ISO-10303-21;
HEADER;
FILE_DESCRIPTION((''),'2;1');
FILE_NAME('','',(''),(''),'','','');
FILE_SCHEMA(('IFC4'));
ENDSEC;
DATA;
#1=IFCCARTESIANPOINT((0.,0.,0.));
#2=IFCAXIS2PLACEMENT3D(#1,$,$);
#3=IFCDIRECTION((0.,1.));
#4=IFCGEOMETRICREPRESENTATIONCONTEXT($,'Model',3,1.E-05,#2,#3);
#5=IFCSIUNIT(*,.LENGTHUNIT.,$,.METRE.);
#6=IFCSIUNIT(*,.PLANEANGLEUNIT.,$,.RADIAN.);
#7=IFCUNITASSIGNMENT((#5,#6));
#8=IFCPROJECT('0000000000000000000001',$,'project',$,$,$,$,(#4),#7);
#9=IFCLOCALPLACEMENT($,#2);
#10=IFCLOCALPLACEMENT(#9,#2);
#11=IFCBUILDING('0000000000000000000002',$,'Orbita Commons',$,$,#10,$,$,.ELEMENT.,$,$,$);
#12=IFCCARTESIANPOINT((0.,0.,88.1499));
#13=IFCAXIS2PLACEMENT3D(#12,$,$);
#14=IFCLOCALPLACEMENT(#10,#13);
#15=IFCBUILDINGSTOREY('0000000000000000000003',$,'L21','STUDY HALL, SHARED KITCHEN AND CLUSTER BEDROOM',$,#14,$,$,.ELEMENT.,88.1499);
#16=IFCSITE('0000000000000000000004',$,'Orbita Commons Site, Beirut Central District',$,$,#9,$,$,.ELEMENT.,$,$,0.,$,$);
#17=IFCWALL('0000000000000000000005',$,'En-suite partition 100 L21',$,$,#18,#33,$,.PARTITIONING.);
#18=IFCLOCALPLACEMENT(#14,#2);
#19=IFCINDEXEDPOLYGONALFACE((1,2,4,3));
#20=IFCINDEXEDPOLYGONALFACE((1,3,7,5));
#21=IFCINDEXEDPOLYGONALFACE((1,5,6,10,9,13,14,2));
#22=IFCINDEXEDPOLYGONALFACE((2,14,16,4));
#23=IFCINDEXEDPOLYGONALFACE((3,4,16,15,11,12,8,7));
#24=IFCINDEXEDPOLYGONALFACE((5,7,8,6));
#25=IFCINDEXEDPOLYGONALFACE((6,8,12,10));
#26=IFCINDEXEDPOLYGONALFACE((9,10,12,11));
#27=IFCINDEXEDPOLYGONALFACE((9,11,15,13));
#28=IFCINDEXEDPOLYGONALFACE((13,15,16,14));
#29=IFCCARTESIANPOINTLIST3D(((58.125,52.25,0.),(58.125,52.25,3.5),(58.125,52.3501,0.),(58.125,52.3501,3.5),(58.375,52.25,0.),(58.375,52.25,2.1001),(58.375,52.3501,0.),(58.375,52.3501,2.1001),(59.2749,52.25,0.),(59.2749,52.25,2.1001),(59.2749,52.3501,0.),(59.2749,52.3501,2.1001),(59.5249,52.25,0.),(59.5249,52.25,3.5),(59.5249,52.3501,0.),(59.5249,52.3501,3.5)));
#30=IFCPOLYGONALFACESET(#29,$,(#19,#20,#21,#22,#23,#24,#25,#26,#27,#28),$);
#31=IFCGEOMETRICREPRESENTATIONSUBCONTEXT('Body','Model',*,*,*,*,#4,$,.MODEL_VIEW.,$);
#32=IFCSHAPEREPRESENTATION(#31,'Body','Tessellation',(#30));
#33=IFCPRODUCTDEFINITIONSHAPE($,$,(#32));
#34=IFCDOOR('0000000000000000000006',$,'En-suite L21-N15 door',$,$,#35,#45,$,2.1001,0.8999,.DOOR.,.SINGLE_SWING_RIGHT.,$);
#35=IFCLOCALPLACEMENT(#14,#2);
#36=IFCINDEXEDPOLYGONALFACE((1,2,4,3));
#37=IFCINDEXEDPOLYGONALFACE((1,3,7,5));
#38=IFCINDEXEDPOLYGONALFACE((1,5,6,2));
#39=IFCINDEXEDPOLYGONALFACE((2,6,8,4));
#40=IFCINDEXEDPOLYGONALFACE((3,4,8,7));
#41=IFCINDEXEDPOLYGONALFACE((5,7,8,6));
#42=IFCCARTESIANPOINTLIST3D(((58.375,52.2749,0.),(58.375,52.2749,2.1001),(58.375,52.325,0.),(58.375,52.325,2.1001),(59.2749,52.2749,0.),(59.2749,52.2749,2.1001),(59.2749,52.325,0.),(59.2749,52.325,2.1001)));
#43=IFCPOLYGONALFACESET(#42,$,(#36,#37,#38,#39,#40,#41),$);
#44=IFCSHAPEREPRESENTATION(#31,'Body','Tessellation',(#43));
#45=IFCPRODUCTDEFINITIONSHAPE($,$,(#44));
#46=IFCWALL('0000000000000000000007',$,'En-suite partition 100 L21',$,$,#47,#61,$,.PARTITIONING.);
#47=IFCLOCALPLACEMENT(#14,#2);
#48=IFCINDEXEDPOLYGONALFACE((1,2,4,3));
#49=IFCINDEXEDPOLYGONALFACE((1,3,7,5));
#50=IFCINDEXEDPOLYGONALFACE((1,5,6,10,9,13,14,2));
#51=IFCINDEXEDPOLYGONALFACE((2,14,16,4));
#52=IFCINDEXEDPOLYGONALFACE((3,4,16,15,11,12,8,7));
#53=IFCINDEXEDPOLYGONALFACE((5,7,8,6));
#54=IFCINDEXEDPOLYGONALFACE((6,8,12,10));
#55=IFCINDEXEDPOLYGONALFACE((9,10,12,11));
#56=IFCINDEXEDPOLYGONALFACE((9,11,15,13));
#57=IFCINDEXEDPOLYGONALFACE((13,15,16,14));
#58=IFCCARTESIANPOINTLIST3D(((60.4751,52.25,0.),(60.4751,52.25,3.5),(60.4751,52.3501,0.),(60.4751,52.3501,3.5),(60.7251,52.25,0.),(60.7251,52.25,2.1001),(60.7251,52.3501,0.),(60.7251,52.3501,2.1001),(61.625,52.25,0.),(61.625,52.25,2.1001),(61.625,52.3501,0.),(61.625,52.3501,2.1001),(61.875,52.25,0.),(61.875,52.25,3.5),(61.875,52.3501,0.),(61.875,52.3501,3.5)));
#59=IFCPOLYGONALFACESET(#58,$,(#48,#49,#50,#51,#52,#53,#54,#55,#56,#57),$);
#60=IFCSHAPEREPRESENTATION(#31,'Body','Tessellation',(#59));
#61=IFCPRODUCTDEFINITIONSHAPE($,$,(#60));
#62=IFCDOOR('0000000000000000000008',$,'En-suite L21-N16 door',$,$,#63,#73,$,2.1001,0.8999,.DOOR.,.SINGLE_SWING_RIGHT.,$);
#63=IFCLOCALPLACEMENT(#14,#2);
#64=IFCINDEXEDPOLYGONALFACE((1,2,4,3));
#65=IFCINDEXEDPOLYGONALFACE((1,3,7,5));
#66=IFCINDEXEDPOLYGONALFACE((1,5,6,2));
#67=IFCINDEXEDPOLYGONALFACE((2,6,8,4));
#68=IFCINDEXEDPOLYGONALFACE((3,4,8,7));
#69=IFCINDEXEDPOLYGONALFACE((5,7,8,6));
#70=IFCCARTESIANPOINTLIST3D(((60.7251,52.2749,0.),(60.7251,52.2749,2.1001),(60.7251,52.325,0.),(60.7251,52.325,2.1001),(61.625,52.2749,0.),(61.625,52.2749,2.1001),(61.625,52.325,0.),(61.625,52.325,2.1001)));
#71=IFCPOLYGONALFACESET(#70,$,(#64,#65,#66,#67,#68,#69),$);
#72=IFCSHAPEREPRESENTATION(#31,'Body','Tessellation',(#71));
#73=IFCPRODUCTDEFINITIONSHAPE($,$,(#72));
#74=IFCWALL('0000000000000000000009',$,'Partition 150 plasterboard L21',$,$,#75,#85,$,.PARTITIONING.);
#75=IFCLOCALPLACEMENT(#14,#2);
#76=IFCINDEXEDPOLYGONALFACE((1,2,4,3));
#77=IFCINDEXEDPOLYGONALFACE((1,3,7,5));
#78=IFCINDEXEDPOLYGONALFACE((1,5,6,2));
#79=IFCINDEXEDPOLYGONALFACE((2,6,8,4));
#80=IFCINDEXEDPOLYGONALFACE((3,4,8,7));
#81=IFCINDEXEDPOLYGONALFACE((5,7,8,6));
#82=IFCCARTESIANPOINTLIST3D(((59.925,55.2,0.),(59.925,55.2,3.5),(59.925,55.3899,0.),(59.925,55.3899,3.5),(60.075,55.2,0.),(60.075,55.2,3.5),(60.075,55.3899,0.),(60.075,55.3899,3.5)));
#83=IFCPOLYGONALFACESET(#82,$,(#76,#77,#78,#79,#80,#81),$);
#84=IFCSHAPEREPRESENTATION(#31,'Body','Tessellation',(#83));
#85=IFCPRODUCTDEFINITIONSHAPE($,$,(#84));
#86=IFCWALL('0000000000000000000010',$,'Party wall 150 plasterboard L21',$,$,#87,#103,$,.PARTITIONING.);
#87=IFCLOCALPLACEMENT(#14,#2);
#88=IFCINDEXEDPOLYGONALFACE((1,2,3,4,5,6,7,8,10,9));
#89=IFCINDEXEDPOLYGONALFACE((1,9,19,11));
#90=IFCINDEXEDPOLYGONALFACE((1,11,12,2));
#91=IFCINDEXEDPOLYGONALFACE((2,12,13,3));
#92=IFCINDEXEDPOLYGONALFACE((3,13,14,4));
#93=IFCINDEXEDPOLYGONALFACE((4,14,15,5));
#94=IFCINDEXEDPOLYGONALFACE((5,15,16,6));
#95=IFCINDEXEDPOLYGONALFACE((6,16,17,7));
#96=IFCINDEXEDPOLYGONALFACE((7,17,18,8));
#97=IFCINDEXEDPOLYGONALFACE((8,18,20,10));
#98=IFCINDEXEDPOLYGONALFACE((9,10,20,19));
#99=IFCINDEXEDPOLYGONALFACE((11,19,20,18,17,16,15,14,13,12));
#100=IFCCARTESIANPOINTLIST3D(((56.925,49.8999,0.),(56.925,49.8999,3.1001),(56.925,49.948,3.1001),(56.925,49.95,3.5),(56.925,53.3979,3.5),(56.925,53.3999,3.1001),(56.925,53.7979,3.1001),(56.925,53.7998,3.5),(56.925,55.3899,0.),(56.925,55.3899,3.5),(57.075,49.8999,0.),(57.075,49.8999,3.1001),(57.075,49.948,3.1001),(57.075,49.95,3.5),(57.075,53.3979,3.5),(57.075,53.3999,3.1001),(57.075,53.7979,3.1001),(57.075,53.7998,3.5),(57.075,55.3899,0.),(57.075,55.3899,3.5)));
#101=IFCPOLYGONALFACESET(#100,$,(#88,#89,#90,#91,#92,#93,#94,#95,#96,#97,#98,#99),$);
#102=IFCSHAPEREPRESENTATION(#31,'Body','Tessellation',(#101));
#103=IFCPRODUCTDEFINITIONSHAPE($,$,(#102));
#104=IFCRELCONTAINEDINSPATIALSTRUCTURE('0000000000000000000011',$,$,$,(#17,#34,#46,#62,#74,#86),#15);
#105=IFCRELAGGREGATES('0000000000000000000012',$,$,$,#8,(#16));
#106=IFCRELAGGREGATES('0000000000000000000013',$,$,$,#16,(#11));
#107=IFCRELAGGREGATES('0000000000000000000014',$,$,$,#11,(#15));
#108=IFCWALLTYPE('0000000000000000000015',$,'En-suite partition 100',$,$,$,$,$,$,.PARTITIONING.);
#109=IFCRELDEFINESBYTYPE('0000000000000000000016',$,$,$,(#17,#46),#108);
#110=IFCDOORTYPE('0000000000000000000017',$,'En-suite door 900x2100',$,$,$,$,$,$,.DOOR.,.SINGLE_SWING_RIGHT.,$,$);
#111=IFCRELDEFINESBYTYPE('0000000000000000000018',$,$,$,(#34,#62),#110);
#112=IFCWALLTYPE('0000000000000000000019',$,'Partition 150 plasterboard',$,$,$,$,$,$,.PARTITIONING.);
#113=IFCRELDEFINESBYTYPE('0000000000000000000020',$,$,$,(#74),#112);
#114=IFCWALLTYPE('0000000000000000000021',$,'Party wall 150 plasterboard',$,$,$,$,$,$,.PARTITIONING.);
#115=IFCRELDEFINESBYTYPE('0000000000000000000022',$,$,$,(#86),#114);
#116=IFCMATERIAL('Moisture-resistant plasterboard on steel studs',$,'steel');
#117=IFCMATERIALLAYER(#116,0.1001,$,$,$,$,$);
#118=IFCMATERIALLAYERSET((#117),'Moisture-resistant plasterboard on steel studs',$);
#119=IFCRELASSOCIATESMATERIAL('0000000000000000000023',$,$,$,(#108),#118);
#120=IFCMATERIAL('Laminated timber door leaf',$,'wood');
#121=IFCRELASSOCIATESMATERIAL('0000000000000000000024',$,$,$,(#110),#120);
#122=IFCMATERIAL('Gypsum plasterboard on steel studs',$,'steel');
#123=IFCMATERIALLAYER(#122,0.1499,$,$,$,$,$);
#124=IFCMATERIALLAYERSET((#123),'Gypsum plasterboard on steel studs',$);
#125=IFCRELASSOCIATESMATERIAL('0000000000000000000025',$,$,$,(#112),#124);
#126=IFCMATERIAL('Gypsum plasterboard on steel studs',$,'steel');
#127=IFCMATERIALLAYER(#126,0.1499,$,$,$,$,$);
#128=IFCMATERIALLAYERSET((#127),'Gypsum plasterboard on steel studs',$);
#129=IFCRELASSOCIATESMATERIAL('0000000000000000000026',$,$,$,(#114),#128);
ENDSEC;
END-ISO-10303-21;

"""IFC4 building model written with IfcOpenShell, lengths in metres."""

from ifc_helpers import new_model, si_unit, direction, frame, frame_2d, origin, place, context, subcontext, project, spatial, polyline, rectangle, outline, extrude, material, layer, layer_set, type_object, element, fill, save


model = new_model("IFC4")

# Units and contexts
model_context = context("Model", 3, precision=1e-05, world=origin(), true_north=direction((0.0, 1.0)))
body_context = subcontext(model_context, "Body", "Model", "MODEL_VIEW")
ifc_project = project(units=[si_unit("LENGTHUNIT", "METRE"), si_unit("PLANEANGLEUNIT", "RADIAN")], contexts=[model_context])

# Site, building, storey
site_placement = place(None, origin())
site = spatial("IfcSite", under=ifc_project, at=site_placement, Name="Orbita Commons Site, Beirut Central District", CompositionType="ELEMENT", RefElevation=0.0)
building_placement = place(site_placement, origin())
building = spatial("IfcBuilding", under=site, at=building_placement, Name="Orbita Commons", CompositionType="ELEMENT")
storey_placement = place(building_placement, frame((0.0, 0.0, 88.1499)))
storey = spatial("IfcBuildingStorey", under=building, at=storey_placement, Name="L21", Description="STUDY HALL, SHARED KITCHEN AND CLUSTER BEDROOM", CompositionType="ELEMENT", Elevation=88.1499)

# Walls, openings, doors
ifc_material_1 = material(Name="Moisture-resistant plasterboard on steel studs", Category="steel")
ifc_layer_1 = layer(ifc_material_1, 0.1001)
ifc_layer_set_1 = layer_set([ifc_layer_1], Name="Moisture-resistant plasterboard on steel studs")
wall_type_1 = type_object("IfcWallType", Name="En-suite partition 100", PredefinedType="PARTITIONING", material=ifc_layer_set_1)
ifc_material_2 = material(Name="Laminated timber door leaf", Category="wood")
door_type = type_object("IfcDoorType", Name="En-suite door 900x2100", OperationType="SINGLE_SWING_RIGHT", PredefinedType="DOOR", material=ifc_material_2)
wall_1_placement = place(storey_placement, frame((58.125, 52.3, 0.0), z_axis=(0.0, 0.0, 1.0), x_axis=(1.0, 0.0, 0.0)))
wall_1 = element("IfcWall", 1, at=wall_1_placement, inside=storey, type_object=wall_type_1, Name="En-suite partition 100 L21", PredefinedType="PARTITIONING", context=body_context, shape_type="SweptSolid", body=[
    extrude(rectangle(XDim=1.3999, YDim=0.1001, at=frame_2d((0.7, 0.0))), origin(), (0.0, 0.0, 1.0), 3.5),
])
opening_1_placement = place(wall_1_placement, frame((0.25, 0.0, 0.0)))
opening_1 = element("IfcOpeningElement", 2, at=opening_1_placement, cuts=wall_1, PredefinedType="OPENING", context=body_context, shape_type="SweptSolid", body=[
    extrude(rectangle(XDim=0.8999, YDim=2.1001, at=frame_2d((0.45, 1.05))), frame((0.0, 0.0601, 0.0), z_axis=(0.0, -1.0, 0.0), x_axis=(1.0, 0.0, 0.0)), (0.0, 0.0, 1.0), 0.1201),
])
door_1_placement = place(opening_1_placement, origin())
door_1 = element("IfcDoor", 3, at=door_1_placement, inside=storey, type_object=door_type, Name="En-suite L21-N15 door", OperationType="SINGLE_SWING_RIGHT", OverallHeight=2.1001, OverallWidth=0.8999, PredefinedType="DOOR", context=body_context, shape_type="SweptSolid", body=[
    extrude(rectangle(XDim=0.8999, YDim=2.1001, at=frame_2d((0.45, 1.05))), frame((0.0, 0.0249, 0.0), z_axis=(0.0, -1.0, 0.0), x_axis=(1.0, 0.0, 0.0)), (0.0, 0.0, 1.0), 0.05),
])
fill(opening_1, door_1)
wall_2_placement = place(storey_placement, frame((60.4751, 52.3, 0.0), z_axis=(0.0, 0.0, 1.0), x_axis=(1.0, 0.0, 0.0)))
wall_2 = element("IfcWall", 4, at=wall_2_placement, inside=storey, type_object=wall_type_1, Name="En-suite partition 100 L21", PredefinedType="PARTITIONING", context=body_context, shape_type="SweptSolid", body=[
    extrude(rectangle(XDim=1.3999, YDim=0.1001, at=frame_2d((0.7, 0.0))), origin(), (0.0, 0.0, 1.0), 3.5),
])
opening_2_placement = place(wall_2_placement, frame((0.25, 0.0, 0.0)))
opening_2 = element("IfcOpeningElement", 5, at=opening_2_placement, cuts=wall_2, PredefinedType="OPENING", context=body_context, shape_type="SweptSolid", body=[
    extrude(rectangle(XDim=0.8999, YDim=2.1001, at=frame_2d((0.45, 1.05))), frame((0.0, 0.0601, 0.0), z_axis=(0.0, -1.0, 0.0), x_axis=(1.0, 0.0, 0.0)), (0.0, 0.0, 1.0), 0.1201),
])
door_2_placement = place(opening_2_placement, origin())
door_2 = element("IfcDoor", 6, at=door_2_placement, inside=storey, type_object=door_type, Name="En-suite L21-N16 door", OperationType="SINGLE_SWING_RIGHT", OverallHeight=2.1001, OverallWidth=0.8999, PredefinedType="DOOR", context=body_context, shape_type="SweptSolid", body=[
    extrude(rectangle(XDim=0.8999, YDim=2.1001, at=frame_2d((0.45, 1.05))), frame((0.0, 0.0249, 0.0), z_axis=(0.0, -1.0, 0.0), x_axis=(1.0, 0.0, 0.0)), (0.0, 0.0, 1.0), 0.05),
])
fill(opening_2, door_2)

# Walls
ifc_material_3 = material(Name="Gypsum plasterboard on steel studs", Category="steel")
ifc_layer_2 = layer(ifc_material_3, 0.1499)
ifc_layer_set_2 = layer_set([ifc_layer_2], Name="Gypsum plasterboard on steel studs")
wall_type_2 = type_object("IfcWallType", Name="Partition 150 plasterboard", PredefinedType="PARTITIONING", material=ifc_layer_set_2)
wall_3_placement = place(storey_placement, frame((60.0, 55.2, 0.0), z_axis=(0.0, 0.0, 1.0), x_axis=(0.0, 1.0, 0.0)))
element("IfcWall", 7, at=wall_3_placement, inside=storey, type_object=wall_type_2, Name="Partition 150 plasterboard L21", PredefinedType="PARTITIONING", context=body_context, shape_type="SweptSolid", body=[
    extrude(rectangle(XDim=0.1899, YDim=0.1499, at=frame_2d((0.095, 0.0))), origin(), (0.0, 0.0, 1.0), 3.5),
])
ifc_material_4 = material(Name="Gypsum plasterboard on steel studs", Category="steel")
ifc_layer_3 = layer(ifc_material_4, 0.1499)
ifc_layer_set_3 = layer_set([ifc_layer_3], Name="Gypsum plasterboard on steel studs")
wall_type_3 = type_object("IfcWallType", Name="Party wall 150 plasterboard", PredefinedType="PARTITIONING", material=ifc_layer_set_3)
wall_4_placement = place(storey_placement, frame((57.0, 55.3899, 0.0), z_axis=(0.0, 0.0, 1.0), x_axis=(0.0, -1.0, 0.0)))
element("IfcWall", 8, at=wall_4_placement, inside=storey, type_object=wall_type_3, Name="Party wall 150 plasterboard L21", PredefinedType="PARTITIONING", context=body_context, shape_type="SweptSolid", body=[
    extrude(outline(polyline([(0.0, 0.0), (5.49, 0.0), (5.49, 3.1001), (5.4419, 3.1001), (5.4399, 3.5), (1.9919, 3.5), (1.99, 3.1001), (1.592, 3.1001), (1.5901, 3.5), (0.0, 3.5), (0.0, 0.0)])), frame((0.0, 0.075, 0.0), z_axis=(0.0, -1.0, 0.0), x_axis=(1.0, 0.0, 0.0)), (0.0, 0.0, 1.0), 0.1499),
])

save(model, "model.ifc")
